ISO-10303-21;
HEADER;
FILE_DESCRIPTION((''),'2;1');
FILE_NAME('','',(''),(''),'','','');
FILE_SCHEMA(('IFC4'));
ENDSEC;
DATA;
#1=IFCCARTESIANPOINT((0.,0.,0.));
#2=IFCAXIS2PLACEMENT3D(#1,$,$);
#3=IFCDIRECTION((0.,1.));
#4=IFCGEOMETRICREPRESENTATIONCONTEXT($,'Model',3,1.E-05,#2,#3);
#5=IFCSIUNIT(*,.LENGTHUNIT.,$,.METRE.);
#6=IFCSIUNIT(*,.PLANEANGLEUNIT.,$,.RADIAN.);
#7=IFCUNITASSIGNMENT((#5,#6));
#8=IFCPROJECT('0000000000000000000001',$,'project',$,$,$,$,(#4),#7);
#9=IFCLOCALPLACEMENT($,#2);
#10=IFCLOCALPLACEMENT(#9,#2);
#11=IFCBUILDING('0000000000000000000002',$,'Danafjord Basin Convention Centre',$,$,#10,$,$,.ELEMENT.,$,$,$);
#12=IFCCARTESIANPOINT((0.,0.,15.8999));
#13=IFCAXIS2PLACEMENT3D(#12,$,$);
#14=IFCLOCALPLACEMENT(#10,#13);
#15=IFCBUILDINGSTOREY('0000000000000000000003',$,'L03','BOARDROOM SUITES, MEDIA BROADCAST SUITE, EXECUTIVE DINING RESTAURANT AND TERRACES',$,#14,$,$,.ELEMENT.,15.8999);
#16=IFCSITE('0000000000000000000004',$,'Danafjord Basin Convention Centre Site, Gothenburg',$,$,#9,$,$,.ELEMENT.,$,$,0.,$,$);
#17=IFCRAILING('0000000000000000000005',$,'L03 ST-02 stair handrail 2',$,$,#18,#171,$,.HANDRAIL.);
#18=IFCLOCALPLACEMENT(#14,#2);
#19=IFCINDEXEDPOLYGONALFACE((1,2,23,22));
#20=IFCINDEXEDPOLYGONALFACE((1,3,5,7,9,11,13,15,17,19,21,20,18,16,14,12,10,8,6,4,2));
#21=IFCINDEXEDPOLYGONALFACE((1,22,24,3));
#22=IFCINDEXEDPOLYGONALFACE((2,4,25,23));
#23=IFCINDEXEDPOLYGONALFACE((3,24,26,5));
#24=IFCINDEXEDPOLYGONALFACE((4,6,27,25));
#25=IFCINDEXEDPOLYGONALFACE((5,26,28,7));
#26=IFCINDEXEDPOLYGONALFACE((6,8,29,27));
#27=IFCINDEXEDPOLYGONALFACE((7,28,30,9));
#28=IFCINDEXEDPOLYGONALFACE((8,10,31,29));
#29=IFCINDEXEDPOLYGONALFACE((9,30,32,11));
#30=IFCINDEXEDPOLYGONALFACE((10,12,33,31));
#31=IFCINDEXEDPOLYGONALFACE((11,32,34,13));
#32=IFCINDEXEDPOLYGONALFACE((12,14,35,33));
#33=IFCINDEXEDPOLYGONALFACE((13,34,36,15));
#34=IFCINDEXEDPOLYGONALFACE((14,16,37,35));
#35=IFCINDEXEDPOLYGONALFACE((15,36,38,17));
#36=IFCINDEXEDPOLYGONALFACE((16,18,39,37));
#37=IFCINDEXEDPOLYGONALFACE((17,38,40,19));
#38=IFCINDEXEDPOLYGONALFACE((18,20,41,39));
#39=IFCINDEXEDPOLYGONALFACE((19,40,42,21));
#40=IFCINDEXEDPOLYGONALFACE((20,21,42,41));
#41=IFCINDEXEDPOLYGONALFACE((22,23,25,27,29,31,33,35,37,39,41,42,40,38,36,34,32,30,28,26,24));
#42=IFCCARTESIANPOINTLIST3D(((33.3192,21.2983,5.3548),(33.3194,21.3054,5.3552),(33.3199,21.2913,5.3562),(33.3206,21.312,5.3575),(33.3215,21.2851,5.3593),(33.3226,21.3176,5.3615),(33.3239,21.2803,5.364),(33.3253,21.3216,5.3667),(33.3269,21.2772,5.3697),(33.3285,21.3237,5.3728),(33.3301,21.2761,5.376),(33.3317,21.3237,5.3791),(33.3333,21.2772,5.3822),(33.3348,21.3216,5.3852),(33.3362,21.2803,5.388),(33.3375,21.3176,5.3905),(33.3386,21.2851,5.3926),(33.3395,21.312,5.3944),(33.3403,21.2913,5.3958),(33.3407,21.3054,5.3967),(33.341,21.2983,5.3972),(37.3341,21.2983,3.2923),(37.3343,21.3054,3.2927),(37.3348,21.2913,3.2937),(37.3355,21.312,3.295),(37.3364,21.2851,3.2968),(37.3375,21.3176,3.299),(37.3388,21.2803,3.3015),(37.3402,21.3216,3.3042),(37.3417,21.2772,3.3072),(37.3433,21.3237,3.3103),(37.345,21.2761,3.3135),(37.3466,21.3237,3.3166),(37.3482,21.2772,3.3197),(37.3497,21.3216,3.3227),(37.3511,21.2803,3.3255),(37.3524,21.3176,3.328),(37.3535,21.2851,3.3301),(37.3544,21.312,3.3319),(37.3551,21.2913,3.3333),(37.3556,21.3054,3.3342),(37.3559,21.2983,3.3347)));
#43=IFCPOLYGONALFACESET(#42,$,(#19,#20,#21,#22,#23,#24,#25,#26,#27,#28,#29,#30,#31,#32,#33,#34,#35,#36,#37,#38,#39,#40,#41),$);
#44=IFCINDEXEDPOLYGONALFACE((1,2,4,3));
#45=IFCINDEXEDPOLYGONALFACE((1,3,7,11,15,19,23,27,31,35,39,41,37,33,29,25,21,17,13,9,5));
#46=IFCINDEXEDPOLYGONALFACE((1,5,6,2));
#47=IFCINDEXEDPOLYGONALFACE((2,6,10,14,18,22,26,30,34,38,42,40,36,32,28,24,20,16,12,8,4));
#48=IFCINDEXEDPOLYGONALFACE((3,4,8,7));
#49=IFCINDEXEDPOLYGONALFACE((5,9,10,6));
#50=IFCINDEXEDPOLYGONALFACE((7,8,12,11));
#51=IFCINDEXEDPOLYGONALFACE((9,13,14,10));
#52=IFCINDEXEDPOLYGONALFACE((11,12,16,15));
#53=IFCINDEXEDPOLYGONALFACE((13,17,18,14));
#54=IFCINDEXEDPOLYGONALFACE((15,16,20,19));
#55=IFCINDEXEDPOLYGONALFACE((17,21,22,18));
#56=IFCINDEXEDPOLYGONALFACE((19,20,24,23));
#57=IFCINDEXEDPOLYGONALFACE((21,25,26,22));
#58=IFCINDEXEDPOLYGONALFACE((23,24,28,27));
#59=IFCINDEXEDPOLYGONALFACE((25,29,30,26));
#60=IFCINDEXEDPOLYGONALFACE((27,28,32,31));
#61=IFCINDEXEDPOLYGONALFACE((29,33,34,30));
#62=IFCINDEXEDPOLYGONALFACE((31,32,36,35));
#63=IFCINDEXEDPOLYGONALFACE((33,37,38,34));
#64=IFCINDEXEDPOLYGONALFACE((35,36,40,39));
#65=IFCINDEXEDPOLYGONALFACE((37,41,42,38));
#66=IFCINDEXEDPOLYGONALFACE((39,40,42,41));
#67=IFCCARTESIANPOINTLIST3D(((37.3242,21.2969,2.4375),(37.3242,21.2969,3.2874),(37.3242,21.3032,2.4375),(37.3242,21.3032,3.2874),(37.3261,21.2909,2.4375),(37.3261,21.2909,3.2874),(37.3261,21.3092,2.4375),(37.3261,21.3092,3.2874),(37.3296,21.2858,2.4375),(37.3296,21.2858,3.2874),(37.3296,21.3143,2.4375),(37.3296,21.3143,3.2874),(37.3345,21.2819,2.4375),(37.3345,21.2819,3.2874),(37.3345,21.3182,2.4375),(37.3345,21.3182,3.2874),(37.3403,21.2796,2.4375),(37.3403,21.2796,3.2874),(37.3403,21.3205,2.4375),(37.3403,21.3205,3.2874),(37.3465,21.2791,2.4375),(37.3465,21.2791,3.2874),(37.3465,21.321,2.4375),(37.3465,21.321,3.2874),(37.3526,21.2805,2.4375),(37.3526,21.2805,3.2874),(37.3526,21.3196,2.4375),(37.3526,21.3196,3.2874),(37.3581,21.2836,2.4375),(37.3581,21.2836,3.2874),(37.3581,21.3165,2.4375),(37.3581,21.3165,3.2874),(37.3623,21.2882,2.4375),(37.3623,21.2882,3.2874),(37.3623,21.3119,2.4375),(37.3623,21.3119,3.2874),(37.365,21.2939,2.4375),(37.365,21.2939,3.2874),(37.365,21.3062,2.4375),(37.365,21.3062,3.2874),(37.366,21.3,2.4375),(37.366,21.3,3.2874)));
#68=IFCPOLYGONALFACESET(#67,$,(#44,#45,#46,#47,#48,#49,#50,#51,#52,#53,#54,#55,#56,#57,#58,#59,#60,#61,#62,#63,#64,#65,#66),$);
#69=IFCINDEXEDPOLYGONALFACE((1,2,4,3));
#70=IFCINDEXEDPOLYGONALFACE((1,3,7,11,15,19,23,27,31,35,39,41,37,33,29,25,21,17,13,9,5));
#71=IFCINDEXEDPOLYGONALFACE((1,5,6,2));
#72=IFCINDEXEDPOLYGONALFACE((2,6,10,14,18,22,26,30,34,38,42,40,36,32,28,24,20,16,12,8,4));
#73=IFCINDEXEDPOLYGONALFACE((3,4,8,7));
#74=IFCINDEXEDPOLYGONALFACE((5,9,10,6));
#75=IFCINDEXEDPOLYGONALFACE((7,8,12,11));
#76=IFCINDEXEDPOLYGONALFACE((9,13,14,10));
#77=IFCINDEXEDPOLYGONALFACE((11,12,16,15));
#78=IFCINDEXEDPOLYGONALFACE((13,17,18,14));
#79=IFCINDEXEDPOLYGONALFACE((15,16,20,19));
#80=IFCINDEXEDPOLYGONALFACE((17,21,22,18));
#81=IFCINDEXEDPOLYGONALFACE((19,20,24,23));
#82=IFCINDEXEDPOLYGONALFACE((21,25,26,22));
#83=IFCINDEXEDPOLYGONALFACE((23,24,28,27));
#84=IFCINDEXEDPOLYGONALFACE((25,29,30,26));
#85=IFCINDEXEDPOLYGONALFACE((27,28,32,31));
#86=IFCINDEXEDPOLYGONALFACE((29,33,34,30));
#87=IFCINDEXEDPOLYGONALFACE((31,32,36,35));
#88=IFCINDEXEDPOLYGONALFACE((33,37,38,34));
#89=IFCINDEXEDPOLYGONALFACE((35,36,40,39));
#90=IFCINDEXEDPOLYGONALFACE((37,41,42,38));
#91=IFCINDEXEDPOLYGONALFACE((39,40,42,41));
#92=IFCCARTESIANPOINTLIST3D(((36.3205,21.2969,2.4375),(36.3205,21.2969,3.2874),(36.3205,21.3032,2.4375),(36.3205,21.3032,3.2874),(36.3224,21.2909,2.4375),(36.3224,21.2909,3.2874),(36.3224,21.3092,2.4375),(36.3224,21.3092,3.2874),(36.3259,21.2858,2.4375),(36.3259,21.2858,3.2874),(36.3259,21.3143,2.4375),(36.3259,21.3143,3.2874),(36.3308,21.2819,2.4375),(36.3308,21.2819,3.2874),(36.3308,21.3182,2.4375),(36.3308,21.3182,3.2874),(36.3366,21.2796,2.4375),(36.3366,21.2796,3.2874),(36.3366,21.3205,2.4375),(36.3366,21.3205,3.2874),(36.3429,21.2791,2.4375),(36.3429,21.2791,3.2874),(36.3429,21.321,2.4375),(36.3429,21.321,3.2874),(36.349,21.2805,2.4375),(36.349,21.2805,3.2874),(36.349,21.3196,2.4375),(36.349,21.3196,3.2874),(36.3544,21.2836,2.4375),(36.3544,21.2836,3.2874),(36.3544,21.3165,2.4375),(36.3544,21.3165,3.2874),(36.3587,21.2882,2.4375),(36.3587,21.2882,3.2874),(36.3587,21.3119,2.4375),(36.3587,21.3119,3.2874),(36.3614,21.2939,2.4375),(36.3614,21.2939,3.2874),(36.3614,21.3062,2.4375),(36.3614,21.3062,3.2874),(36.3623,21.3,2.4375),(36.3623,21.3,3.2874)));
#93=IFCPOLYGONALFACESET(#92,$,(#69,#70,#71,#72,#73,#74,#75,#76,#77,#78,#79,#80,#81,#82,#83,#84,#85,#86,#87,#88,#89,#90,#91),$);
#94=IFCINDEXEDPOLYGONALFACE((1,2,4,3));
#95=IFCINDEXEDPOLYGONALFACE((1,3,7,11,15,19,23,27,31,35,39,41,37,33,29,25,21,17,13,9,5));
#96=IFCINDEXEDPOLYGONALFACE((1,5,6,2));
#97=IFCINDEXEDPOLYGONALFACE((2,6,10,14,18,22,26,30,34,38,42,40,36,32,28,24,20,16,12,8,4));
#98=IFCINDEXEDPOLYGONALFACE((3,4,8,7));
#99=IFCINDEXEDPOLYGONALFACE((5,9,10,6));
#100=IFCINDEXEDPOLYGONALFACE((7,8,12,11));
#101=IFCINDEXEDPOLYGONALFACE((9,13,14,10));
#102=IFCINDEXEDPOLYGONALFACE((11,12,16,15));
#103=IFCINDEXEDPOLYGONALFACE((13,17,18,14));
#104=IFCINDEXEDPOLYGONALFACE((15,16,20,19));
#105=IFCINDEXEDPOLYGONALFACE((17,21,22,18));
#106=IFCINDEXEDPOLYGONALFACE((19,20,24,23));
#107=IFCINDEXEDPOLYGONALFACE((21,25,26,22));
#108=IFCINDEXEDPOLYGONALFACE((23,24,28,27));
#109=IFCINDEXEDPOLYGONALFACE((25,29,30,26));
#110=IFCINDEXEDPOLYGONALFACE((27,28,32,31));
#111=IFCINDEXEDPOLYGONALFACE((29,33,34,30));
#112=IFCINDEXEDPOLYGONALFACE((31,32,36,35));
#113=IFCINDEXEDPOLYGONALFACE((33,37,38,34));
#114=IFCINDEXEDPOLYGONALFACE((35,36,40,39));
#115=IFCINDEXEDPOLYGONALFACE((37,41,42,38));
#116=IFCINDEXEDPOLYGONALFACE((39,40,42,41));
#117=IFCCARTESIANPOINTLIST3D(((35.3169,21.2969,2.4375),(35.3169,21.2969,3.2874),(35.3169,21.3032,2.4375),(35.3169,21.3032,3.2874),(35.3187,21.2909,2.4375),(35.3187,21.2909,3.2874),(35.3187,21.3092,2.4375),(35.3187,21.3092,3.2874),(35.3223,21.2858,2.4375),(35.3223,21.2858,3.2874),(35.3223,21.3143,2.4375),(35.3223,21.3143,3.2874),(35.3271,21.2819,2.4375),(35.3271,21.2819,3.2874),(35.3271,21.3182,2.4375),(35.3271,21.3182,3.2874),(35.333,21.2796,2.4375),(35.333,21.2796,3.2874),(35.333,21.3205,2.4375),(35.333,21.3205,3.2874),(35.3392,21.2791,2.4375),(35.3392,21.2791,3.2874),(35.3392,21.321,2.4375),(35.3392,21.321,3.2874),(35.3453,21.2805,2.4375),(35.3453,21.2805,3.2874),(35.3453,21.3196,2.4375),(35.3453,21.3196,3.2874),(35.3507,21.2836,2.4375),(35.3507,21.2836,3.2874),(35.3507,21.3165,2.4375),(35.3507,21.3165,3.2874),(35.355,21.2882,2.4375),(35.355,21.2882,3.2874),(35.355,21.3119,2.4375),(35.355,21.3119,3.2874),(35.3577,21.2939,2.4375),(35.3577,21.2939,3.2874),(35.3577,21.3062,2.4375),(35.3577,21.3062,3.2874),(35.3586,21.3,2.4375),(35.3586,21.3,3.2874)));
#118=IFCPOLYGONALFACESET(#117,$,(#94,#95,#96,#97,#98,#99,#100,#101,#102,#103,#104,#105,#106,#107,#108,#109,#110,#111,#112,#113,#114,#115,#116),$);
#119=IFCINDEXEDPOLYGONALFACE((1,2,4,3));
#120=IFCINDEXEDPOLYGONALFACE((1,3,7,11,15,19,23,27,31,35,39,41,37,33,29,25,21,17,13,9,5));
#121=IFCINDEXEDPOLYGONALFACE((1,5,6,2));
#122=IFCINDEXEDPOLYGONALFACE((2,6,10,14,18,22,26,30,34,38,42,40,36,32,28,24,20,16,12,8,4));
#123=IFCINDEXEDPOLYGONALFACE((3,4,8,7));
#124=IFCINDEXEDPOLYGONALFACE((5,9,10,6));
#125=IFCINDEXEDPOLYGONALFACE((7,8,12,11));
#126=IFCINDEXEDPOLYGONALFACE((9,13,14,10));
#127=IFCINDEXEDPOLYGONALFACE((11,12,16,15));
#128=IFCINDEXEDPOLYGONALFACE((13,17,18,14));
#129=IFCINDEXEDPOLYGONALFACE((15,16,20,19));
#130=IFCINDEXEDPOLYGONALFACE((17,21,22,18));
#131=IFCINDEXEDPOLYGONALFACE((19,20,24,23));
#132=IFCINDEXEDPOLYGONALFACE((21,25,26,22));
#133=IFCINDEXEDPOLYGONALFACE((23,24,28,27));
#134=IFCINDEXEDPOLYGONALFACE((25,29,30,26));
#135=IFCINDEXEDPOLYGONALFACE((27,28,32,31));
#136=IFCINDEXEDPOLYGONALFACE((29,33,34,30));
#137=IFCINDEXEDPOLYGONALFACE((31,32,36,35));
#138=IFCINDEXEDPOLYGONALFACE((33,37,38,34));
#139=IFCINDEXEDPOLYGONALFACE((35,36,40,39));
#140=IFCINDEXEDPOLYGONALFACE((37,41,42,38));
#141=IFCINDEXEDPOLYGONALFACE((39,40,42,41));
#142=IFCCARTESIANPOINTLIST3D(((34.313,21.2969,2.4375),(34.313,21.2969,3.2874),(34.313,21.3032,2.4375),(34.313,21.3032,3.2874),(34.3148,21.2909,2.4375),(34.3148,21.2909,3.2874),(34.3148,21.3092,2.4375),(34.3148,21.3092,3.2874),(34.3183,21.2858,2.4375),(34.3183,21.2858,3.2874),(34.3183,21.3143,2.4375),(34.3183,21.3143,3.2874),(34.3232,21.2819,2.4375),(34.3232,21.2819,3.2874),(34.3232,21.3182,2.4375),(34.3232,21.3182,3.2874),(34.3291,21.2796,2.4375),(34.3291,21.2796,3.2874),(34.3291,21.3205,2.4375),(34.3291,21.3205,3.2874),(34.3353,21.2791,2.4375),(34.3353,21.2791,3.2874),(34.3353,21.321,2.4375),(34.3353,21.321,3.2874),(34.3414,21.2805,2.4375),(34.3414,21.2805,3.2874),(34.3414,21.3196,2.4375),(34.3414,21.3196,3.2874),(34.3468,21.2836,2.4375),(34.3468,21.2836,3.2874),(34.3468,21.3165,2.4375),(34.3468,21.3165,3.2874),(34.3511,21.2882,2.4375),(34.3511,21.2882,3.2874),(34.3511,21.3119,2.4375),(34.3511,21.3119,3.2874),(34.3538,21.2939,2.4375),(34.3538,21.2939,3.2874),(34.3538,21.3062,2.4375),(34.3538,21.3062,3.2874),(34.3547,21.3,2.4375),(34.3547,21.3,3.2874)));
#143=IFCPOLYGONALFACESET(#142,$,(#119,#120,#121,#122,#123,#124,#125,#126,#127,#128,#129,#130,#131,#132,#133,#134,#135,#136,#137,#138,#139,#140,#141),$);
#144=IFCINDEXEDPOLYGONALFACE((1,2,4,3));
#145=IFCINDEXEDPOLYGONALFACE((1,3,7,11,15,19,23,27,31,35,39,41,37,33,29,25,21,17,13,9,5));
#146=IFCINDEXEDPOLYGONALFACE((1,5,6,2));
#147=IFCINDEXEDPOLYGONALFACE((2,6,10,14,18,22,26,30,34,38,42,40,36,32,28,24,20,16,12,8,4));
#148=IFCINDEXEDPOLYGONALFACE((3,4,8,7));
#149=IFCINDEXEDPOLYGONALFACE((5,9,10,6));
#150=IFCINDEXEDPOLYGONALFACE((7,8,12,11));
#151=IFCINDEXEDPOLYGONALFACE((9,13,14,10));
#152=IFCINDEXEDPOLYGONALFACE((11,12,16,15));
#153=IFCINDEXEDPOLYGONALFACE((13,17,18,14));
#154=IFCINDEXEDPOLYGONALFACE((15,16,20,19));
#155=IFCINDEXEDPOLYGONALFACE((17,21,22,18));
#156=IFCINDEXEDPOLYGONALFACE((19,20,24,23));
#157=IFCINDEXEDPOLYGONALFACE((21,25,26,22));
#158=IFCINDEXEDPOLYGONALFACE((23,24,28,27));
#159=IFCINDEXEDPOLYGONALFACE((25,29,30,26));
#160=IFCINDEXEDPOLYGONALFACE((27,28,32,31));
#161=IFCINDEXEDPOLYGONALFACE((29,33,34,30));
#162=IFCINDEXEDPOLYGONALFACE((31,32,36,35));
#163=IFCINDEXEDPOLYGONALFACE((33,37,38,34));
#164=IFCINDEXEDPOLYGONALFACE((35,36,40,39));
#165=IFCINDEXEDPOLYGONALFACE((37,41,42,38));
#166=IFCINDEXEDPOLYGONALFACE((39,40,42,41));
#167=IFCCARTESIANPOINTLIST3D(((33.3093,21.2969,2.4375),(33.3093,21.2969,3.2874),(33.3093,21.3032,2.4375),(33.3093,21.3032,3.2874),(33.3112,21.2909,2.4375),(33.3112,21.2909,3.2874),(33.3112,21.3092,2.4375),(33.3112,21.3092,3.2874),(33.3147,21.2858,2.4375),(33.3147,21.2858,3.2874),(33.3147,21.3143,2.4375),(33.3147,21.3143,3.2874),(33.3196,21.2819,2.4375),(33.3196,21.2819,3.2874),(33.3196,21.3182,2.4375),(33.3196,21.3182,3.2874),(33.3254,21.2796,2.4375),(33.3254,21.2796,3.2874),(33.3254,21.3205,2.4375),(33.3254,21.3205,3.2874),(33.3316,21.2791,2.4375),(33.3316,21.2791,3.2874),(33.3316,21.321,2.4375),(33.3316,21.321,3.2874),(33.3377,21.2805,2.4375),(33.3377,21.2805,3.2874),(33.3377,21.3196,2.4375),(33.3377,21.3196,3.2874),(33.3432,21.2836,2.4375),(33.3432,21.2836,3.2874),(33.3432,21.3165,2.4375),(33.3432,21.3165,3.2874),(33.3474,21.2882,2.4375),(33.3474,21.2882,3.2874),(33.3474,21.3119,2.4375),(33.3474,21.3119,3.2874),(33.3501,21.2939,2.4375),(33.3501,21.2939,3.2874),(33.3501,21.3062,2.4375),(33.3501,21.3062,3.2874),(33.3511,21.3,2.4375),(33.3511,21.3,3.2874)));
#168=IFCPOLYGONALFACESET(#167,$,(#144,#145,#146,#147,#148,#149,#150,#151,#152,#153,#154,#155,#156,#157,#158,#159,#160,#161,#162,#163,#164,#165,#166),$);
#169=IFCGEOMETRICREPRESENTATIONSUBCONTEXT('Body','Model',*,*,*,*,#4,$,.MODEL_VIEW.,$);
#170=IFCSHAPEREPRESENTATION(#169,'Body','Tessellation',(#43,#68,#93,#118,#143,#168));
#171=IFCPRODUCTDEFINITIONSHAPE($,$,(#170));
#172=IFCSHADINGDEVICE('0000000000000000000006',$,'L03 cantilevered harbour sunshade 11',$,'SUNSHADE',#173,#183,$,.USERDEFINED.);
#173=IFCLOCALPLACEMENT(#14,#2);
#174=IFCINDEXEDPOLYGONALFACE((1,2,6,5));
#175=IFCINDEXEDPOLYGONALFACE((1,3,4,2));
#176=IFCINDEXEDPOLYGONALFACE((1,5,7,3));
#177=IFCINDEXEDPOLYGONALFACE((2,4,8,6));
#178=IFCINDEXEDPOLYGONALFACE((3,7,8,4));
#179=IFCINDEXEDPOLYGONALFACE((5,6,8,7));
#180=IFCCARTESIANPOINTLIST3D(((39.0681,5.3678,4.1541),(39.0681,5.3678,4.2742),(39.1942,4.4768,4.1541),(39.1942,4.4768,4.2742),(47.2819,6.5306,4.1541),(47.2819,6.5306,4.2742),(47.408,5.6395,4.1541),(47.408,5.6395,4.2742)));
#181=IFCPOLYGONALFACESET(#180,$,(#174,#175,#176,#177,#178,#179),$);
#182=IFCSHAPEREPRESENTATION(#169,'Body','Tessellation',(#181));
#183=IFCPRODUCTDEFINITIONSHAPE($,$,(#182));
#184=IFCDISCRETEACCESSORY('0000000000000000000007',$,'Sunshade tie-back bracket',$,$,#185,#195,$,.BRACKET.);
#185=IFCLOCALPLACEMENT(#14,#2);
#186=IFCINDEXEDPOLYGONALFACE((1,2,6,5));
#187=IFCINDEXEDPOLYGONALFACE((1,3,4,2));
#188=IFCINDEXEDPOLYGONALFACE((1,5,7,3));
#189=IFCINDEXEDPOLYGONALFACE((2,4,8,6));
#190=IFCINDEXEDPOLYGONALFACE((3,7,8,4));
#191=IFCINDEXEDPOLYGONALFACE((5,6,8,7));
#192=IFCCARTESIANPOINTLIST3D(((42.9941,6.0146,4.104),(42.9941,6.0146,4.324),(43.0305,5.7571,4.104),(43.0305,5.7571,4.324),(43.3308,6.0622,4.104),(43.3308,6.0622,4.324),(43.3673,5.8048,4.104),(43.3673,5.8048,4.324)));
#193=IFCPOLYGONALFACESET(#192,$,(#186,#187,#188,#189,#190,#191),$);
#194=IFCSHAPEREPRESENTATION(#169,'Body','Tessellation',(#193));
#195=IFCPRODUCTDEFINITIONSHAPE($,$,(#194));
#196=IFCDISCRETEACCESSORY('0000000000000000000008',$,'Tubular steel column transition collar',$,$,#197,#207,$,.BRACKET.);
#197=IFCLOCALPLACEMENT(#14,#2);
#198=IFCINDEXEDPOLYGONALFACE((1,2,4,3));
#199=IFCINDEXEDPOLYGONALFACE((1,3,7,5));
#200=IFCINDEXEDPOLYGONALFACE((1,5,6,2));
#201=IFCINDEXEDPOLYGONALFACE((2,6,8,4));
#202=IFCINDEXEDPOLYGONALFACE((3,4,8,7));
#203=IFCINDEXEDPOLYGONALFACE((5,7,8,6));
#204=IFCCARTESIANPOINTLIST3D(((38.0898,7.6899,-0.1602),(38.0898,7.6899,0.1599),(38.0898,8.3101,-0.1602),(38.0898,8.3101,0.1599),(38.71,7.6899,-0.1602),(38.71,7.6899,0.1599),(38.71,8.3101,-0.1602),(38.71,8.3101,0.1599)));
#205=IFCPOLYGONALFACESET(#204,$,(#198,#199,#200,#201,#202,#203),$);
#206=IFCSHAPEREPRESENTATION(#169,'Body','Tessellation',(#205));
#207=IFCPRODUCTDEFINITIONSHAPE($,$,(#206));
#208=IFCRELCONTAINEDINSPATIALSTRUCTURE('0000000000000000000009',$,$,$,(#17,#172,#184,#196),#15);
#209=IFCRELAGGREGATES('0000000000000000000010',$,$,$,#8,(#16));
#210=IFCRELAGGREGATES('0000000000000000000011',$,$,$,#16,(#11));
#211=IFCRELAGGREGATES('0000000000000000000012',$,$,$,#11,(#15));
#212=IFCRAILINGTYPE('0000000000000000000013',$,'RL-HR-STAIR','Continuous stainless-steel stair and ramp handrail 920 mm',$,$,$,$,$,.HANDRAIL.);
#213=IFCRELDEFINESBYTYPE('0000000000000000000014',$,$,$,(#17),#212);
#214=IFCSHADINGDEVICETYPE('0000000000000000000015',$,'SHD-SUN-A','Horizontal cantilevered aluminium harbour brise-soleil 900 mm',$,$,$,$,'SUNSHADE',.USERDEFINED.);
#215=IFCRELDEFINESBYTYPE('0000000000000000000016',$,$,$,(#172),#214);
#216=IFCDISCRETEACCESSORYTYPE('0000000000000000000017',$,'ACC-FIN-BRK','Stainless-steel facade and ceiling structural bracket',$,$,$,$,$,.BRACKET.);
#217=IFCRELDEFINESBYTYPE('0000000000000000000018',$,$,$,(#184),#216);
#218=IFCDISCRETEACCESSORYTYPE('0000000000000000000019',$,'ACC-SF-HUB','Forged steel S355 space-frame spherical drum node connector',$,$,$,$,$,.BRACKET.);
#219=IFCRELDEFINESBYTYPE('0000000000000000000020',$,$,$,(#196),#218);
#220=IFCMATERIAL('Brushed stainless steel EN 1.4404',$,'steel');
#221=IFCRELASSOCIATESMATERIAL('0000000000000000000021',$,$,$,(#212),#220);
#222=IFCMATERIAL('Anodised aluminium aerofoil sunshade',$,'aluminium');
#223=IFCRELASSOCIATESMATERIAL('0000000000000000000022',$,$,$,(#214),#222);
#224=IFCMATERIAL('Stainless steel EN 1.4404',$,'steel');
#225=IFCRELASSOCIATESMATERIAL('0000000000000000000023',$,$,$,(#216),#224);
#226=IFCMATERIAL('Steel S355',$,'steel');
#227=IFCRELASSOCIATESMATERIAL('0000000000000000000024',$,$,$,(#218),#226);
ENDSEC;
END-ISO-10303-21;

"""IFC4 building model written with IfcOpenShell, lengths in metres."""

from ifc_helpers import new_model, si_unit, direction, frame, origin, origin_2d, place, context, subcontext, project, spatial, rectangle, circle, extrude, material, type_object, element, save


model = new_model("IFC4")

# Units and contexts
model_context = context("Model", 3, precision=1e-05, world=origin(), true_north=direction((0.0, 1.0)))
body_context = subcontext(model_context, "Body", "Model", "MODEL_VIEW")
ifc_project = project(units=[si_unit("LENGTHUNIT", "METRE"), si_unit("PLANEANGLEUNIT", "RADIAN")], contexts=[model_context])

# Site, building, storey
site_placement = place(None, origin())
site = spatial("IfcSite", under=ifc_project, at=site_placement, Name="Danafjord Basin Convention Centre Site, Gothenburg", CompositionType="ELEMENT", RefElevation=0.0)
building_placement = place(site_placement, origin())
building = spatial("IfcBuilding", under=site, at=building_placement, Name="Danafjord Basin Convention Centre", CompositionType="ELEMENT")
storey_placement = place(building_placement, frame((0.0, 0.0, 15.8999)))
storey = spatial("IfcBuildingStorey", under=building, at=storey_placement, Name="L03", Description="BOARDROOM SUITES, MEDIA BROADCAST SUITE, EXECUTIVE DINING RESTAURANT AND TERRACES", CompositionType="ELEMENT", Elevation=15.8999)

# Shared definitions
ifc_material_1 = material(Name="Steel S355", Category="steel")

# Railing
ifc_material_2 = material(Name="Brushed stainless steel EN 1.4404", Category="steel")
railing_type_1 = type_object("IfcRailingType", Name="RL-HR-STAIR", Description="Continuous stainless-steel stair and ramp handrail 920 mm", PredefinedType="HANDRAIL", material=ifc_material_2)
railing_1_placement = place(storey_placement, frame((37.345, 21.3, 2.4375)))
element("IfcRailing", 1, at=railing_1_placement, inside=storey, type_object=railing_type_1, Name="L03 ST-02 stair handrail 2", PredefinedType="HANDRAIL", context=body_context, shape_type="SweptSolid", body=[
    extrude(circle(Radius=0.0239, at=origin_2d()), frame((0.0, 0.0, 0.876), z_axis=(-0.889495, 0.0, 0.456945), x_axis=(0.0, -1.0, 0.0)), (0.0, 0.0, 1.0), 4.5137),
    extrude(circle(Radius=0.021, at=origin_2d()), origin(), (0.0, 0.0, 1.0), 0.8499),
    extrude(circle(Radius=0.021, at=origin_2d()), frame((-1.0037, 0.0, 0.0)), (0.0, 0.0, 1.0), 0.8499),
    extrude(circle(Radius=0.021, at=origin_2d()), frame((-2.0073, 0.0, 0.0)), (0.0, 0.0, 1.0), 0.8499),
    extrude(circle(Radius=0.021, at=origin_2d()), frame((-3.0112, 0.0, 0.0)), (0.0, 0.0, 1.0), 0.8499),
    extrude(circle(Radius=0.021, at=origin_2d()), frame((-4.0149, 0.0, 0.0)), (0.0, 0.0, 1.0), 0.8499),
])

# Shading device
ifc_material_3 = material(Name="Anodised aluminium aerofoil sunshade", Category="aluminium")
shading_device_type = type_object("IfcShadingDeviceType", Name="SHD-SUN-A", Description="Horizontal cantilevered aluminium harbour brise-soleil 900 mm", ElementType="SUNSHADE", PredefinedType="USERDEFINED", material=ifc_material_3)
shading_device_placement = place(storey_placement, frame((43.238, 5.5037, 4.1541), z_axis=(0.0, 0.0, 1.0), x_axis=(0.990128, 0.140165, 0.0)))
element("IfcShadingDevice", 2, at=shading_device_placement, inside=storey, type_object=shading_device_type, Name="L03 cantilevered harbour sunshade 11", ObjectType="SUNSHADE", PredefinedType="USERDEFINED", context=body_context, shape_type="SweptSolid", body=[
    extrude(rectangle(XDim=8.2957, YDim=0.8999, at=origin_2d()), origin(), (0.0, 0.0, 1.0), 0.1201),
])

# Discrete accessories
ifc_material_4 = material(Name="Stainless steel EN 1.4404", Category="steel")
discrete_accessory_type_1 = type_object("IfcDiscreteAccessoryType", Name="ACC-FIN-BRK", Description="Stainless-steel facade and ceiling structural bracket", PredefinedType="BRACKET", material=ifc_material_4)
discrete_accessory_placement = place(storey_placement, frame((43.1807, 5.9097, 4.104), z_axis=(0.0, 0.0, 1.0), x_axis=(0.990128, 0.140165, 0.0)))
element("IfcDiscreteAccessory", 3, at=discrete_accessory_placement, inside=storey, type_object=discrete_accessory_type_1, Name="Sunshade tie-back bracket", PredefinedType="BRACKET", context=body_context, shape_type="SweptSolid", body=[
    extrude(rectangle(XDim=0.3401, YDim=0.26, at=origin_2d()), origin(), (0.0, 0.0, 1.0), 0.22),
])
discrete_accessory_type_2 = type_object("IfcDiscreteAccessoryType", Name="ACC-SF-HUB", Description="Forged steel S355 space-frame spherical drum node connector", PredefinedType="BRACKET", material=ifc_material_1)
for number, where, z_axis, x_axis, name in (
    (4, (38.3999, 8.0, -0.1602), (0.0, 0.0, 1.0), (1.0, 0.0, 0.0), "Tubular steel column transition collar"),
):
    element("IfcDiscreteAccessory", number, at=place(storey_placement, frame(where, z_axis=z_axis, x_axis=x_axis)), inside=storey, type_object=discrete_accessory_type_2, Name=name, PredefinedType="BRACKET", context=body_context, shape_type="SweptSolid", body=[
        extrude(rectangle(XDim=0.6201, YDim=0.6201, at=origin_2d()), origin(), (0.0, 0.0, 1.0), 0.3201),
    ])

save(model, "model.ifc")
